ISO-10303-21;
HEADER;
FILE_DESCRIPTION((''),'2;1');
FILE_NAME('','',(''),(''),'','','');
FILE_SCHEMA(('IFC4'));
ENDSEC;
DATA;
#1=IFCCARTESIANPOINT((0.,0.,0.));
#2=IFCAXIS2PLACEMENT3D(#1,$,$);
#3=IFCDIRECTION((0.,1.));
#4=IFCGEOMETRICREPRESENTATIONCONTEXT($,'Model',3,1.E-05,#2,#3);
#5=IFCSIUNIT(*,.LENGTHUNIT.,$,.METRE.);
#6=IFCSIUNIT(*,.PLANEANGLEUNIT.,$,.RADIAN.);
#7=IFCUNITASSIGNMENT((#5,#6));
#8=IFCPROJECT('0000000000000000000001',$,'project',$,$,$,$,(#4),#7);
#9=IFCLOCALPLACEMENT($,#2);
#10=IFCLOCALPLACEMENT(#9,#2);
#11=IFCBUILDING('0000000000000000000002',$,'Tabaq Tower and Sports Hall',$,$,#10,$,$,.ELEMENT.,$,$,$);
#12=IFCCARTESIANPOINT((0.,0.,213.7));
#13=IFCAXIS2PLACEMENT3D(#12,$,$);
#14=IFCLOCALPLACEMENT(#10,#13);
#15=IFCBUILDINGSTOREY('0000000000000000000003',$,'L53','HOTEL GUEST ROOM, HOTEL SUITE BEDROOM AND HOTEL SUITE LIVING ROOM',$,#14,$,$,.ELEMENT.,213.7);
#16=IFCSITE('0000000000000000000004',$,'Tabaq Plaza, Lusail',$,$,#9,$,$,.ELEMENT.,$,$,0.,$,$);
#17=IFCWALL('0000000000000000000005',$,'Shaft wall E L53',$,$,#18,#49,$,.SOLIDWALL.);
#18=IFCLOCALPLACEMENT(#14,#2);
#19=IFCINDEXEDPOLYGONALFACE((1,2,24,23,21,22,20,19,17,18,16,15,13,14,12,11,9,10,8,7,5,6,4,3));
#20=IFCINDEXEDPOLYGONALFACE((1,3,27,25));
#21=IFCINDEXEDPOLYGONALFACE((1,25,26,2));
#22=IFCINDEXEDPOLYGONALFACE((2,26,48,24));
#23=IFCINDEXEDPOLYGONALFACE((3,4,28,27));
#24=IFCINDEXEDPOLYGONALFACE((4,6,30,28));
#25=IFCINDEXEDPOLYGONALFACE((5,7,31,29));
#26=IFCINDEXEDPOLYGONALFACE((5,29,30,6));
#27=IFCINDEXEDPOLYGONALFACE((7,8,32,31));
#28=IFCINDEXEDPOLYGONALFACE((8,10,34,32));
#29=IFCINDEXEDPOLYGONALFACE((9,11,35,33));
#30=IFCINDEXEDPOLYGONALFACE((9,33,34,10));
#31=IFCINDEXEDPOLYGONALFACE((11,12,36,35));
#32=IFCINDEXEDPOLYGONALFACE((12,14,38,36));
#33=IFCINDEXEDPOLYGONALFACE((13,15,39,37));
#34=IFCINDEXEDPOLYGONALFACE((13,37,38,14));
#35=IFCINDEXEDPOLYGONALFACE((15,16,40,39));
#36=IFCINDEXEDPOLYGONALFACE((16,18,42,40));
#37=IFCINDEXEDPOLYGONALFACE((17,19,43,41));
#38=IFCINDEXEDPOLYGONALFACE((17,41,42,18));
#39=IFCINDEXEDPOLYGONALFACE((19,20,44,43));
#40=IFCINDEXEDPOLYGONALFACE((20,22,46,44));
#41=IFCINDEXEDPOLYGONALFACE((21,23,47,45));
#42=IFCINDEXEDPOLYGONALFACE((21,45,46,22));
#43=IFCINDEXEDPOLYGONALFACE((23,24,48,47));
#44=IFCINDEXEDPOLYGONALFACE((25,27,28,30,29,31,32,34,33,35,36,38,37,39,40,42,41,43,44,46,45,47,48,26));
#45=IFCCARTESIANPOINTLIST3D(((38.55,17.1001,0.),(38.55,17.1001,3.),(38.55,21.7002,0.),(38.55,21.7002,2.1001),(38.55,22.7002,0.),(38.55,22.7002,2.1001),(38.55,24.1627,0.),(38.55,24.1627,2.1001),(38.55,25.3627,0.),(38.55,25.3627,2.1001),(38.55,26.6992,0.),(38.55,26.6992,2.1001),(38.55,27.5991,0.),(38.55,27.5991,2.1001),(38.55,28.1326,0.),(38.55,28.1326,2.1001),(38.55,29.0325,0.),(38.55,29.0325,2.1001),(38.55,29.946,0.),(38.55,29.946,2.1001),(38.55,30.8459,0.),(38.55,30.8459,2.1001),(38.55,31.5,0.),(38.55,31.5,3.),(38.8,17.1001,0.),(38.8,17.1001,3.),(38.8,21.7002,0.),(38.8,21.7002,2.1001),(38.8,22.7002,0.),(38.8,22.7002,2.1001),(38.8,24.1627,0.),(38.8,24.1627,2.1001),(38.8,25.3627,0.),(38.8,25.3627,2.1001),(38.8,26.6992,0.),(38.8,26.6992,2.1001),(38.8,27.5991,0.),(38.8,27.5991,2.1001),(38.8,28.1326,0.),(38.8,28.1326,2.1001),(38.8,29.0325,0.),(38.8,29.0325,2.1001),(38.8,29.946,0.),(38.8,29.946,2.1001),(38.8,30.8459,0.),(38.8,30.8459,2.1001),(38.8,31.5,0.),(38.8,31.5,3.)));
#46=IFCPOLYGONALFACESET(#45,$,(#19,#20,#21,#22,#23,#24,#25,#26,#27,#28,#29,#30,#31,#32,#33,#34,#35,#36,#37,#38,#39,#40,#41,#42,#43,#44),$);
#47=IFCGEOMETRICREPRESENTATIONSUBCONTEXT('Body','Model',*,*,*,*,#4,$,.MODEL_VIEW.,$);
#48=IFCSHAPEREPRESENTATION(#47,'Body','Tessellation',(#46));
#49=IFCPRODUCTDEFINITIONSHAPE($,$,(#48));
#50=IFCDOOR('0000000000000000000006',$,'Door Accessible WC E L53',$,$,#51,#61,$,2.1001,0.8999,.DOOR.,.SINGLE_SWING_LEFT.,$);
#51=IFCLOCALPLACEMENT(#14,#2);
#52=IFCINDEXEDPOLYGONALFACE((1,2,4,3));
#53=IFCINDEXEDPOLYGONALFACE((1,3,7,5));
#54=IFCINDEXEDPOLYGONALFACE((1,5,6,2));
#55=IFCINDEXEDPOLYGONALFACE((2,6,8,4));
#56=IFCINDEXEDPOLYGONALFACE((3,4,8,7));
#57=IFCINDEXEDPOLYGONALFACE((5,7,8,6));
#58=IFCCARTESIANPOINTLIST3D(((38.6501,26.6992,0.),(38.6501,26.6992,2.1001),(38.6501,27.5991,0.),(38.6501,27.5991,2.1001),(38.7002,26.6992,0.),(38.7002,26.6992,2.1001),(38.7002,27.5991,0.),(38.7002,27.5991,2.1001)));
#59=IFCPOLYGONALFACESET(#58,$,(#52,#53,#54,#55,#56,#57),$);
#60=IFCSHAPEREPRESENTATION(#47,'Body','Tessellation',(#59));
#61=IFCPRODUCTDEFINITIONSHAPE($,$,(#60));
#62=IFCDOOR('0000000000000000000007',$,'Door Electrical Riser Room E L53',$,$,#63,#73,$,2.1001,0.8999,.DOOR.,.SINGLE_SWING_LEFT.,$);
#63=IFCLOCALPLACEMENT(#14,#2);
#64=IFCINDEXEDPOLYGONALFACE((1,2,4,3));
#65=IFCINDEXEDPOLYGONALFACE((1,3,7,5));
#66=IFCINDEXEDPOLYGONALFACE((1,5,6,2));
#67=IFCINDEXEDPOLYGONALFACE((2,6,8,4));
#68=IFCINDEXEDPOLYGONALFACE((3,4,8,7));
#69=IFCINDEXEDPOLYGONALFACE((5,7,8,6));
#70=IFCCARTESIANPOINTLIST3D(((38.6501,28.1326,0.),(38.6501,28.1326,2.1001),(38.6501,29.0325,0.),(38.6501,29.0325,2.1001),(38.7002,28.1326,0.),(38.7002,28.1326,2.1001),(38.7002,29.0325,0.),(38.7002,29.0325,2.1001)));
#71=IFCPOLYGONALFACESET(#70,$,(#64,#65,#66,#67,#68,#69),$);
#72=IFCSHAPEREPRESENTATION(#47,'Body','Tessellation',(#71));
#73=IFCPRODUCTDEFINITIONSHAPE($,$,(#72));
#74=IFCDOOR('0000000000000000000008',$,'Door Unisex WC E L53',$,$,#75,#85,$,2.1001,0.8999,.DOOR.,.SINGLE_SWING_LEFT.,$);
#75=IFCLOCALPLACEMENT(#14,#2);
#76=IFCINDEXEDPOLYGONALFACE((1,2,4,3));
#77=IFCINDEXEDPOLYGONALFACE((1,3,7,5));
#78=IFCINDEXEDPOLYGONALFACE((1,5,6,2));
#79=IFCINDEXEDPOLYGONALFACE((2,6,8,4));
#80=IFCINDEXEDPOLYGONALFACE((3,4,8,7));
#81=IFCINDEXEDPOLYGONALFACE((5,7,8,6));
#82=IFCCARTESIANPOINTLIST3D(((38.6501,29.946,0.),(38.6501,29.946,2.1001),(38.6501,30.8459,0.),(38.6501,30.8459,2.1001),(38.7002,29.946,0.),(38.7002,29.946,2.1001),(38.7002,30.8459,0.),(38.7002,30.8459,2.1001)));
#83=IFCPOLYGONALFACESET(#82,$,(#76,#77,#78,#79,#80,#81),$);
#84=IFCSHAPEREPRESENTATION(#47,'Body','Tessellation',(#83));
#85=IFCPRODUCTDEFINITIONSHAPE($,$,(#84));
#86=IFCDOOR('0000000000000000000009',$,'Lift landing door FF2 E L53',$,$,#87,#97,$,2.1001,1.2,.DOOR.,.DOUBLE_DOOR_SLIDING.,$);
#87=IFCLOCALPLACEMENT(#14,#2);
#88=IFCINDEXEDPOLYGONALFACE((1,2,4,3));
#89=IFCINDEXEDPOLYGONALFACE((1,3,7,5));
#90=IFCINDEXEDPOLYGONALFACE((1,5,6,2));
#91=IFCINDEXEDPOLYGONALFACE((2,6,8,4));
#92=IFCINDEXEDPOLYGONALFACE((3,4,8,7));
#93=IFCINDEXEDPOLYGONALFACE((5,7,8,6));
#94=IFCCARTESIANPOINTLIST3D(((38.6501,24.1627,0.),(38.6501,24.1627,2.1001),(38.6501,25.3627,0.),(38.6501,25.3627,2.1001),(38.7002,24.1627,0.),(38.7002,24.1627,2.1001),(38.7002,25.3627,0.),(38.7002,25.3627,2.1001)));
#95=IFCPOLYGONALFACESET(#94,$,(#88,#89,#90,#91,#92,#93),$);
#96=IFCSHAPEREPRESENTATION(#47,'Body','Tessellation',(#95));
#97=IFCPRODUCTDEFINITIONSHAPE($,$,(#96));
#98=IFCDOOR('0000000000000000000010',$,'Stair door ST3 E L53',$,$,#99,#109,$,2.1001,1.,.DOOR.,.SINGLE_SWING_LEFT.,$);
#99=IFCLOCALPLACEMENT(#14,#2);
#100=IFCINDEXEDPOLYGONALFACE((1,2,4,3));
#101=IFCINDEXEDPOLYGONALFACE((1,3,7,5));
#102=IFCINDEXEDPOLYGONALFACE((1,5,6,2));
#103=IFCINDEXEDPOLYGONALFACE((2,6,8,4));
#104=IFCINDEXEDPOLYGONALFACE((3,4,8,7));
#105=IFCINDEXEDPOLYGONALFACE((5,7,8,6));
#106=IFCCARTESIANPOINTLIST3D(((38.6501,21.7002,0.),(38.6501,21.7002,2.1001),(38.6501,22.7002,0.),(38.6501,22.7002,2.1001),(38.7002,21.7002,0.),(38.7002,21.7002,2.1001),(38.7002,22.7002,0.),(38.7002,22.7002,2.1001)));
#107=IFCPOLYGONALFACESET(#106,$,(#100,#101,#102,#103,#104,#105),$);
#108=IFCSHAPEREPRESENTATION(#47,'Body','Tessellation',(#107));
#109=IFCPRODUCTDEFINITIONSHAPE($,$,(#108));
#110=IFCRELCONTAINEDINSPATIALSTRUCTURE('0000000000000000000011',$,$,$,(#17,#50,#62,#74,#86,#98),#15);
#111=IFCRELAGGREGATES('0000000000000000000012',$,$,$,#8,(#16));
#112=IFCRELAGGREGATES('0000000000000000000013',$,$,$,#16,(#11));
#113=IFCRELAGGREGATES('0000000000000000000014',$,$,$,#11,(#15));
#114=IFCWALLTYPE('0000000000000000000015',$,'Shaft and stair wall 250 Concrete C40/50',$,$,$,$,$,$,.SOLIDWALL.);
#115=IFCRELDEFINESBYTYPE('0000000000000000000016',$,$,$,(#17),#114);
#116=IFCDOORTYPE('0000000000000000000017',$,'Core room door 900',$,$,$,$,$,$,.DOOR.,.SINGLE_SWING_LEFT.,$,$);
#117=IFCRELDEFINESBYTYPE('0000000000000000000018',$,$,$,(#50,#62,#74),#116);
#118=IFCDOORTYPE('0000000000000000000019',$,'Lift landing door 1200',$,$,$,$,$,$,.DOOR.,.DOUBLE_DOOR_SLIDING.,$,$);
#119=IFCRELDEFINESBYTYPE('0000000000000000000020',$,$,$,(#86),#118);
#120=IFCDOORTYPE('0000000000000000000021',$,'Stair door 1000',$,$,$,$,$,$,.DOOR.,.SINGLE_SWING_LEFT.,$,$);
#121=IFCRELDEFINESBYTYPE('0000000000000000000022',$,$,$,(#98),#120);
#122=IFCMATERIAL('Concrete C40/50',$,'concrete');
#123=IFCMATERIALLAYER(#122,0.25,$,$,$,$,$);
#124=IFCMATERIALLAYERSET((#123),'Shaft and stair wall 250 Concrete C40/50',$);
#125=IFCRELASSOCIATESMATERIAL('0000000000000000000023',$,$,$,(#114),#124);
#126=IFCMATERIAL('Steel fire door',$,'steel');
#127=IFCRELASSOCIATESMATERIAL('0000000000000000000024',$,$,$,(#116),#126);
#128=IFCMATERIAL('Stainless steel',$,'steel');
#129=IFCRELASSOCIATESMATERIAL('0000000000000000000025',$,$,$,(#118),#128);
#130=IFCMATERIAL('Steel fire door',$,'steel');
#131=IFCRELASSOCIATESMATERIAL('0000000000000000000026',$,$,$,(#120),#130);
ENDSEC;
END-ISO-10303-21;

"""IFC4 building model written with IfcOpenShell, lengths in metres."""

from ifc_helpers import new_model, si_unit, direction, frame, frame_2d, origin, place, context, subcontext, project, spatial, rectangle, extrude, material, layer, layer_set, type_object, element, fill, save


model = new_model("IFC4")

# Units and contexts
model_context = context("Model", 3, precision=1e-05, world=origin(), true_north=direction((0.0, 1.0)))
body_context = subcontext(model_context, "Body", "Model", "MODEL_VIEW")
ifc_project = project(units=[si_unit("LENGTHUNIT", "METRE"), si_unit("PLANEANGLEUNIT", "RADIAN")], contexts=[model_context])

# Site, building, storey
site_placement = place(None, origin())
site = spatial("IfcSite", under=ifc_project, at=site_placement, Name="Tabaq Plaza, Lusail", CompositionType="ELEMENT", RefElevation=0.0)
building_placement = place(site_placement, origin())
building = spatial("IfcBuilding", under=site, at=building_placement, Name="Tabaq Tower and Sports Hall", CompositionType="ELEMENT")
storey_placement = place(building_placement, frame((0.0, 0.0, 213.7)))
storey = spatial("IfcBuildingStorey", under=building, at=storey_placement, Name="L53", Description="HOTEL GUEST ROOM, HOTEL SUITE BEDROOM AND HOTEL SUITE LIVING ROOM", CompositionType="ELEMENT", Elevation=213.7)

# Wall, openings, doors
ifc_material_1 = material(Name="Concrete C40/50", Category="concrete")
ifc_layer_1 = layer(ifc_material_1, 0.25)
ifc_layer_set_1 = layer_set([ifc_layer_1], Name="Shaft and stair wall 250 Concrete C40/50")
wall_type_1 = type_object("IfcWallType", Name="Shaft and stair wall 250 Concrete C40/50", PredefinedType="SOLIDWALL", material=ifc_layer_set_1)
wall_1_placement = place(storey_placement, frame((38.675, 17.1001, 0.0), z_axis=(0.0, 0.0, 1.0), x_axis=(0.0, 1.0, 0.0)))
wall_1 = element("IfcWall", 1, at=wall_1_placement, inside=storey, type_object=wall_type_1, Name="Shaft wall E L53", PredefinedType="SOLIDWALL", context=body_context, shape_type="SweptSolid", body=[
    extrude(rectangle(XDim=14.3999, YDim=0.25, at=frame_2d((7.2, 0.0))), origin(), (0.0, 0.0, 1.0), 3.0),
])
opening_1_placement = place(wall_1_placement, frame((4.6001, 0.0, 0.0)))
opening_1 = element("IfcOpeningElement", 2, at=opening_1_placement, cuts=wall_1, PredefinedType="OPENING", context=body_context, shape_type="SweptSolid", body=[
    extrude(rectangle(XDim=1.0, YDim=2.1001, at=frame_2d((0.5, 1.05))), frame((0.0, 0.125, 0.0), z_axis=(0.0, -1.0, 0.0), x_axis=(1.0, 0.0, 0.0)), (0.0, 0.0, 1.0), 0.25),
])
opening_2_placement = place(wall_1_placement, frame((7.0625, 0.0, 0.0)))
opening_2 = element("IfcOpeningElement", 3, at=opening_2_placement, cuts=wall_1, PredefinedType="OPENING", context=body_context, shape_type="SweptSolid", body=[
    extrude(rectangle(XDim=1.2, YDim=2.1001, at=frame_2d((0.6001, 1.05))), frame((0.0, 0.125, 0.0), z_axis=(0.0, -1.0, 0.0), x_axis=(1.0, 0.0, 0.0)), (0.0, 0.0, 1.0), 0.25),
])
opening_3_placement = place(wall_1_placement, frame((9.5991, 0.0, 0.0)))
opening_3 = element("IfcOpeningElement", 4, at=opening_3_placement, cuts=wall_1, PredefinedType="OPENING", context=body_context, shape_type="SweptSolid", body=[
    extrude(rectangle(XDim=0.8999, YDim=2.1001, at=frame_2d((0.45, 1.05))), frame((0.0, 0.125, 0.0), z_axis=(0.0, -1.0, 0.0), x_axis=(1.0, 0.0, 0.0)), (0.0, 0.0, 1.0), 0.25),
])
opening_4_placement = place(wall_1_placement, frame((11.0325, 0.0, 0.0)))
opening_4 = element("IfcOpeningElement", 5, at=opening_4_placement, cuts=wall_1, PredefinedType="OPENING", context=body_context, shape_type="SweptSolid", body=[
    extrude(rectangle(XDim=0.8999, YDim=2.1001, at=frame_2d((0.45, 1.05))), frame((0.0, 0.125, 0.0), z_axis=(0.0, -1.0, 0.0), x_axis=(1.0, 0.0, 0.0)), (0.0, 0.0, 1.0), 0.25),
])
opening_5_placement = place(wall_1_placement, frame((12.8459, 0.0, 0.0)))
opening_5 = element("IfcOpeningElement", 6, at=opening_5_placement, cuts=wall_1, PredefinedType="OPENING", context=body_context, shape_type="SweptSolid", body=[
    extrude(rectangle(XDim=0.8999, YDim=2.1001, at=frame_2d((0.45, 1.05))), frame((0.0, 0.125, 0.0), z_axis=(0.0, -1.0, 0.0), x_axis=(1.0, 0.0, 0.0)), (0.0, 0.0, 1.0), 0.25),
])
ifc_material_2 = material(Name="Steel fire door", Category="steel")
door_type_1 = type_object("IfcDoorType", Name="Core room door 900", OperationType="SINGLE_SWING_LEFT", PredefinedType="DOOR", material=ifc_material_2)
door_1_placement = place(opening_3_placement, origin())
door_1 = element("IfcDoor", 7, at=door_1_placement, inside=storey, type_object=door_type_1, Name="Door Accessible WC E L53", OperationType="SINGLE_SWING_LEFT", OverallHeight=2.1001, OverallWidth=0.8999, PredefinedType="DOOR", context=body_context, shape_type="SweptSolid", body=[
    extrude(rectangle(XDim=0.8999, YDim=2.1001, at=frame_2d((0.45, 1.05))), frame((0.0, 0.0249, 0.0), z_axis=(0.0, -1.0, 0.0), x_axis=(1.0, 0.0, 0.0)), (0.0, 0.0, 1.0), 0.05),
])
fill(opening_3, door_1)
door_2_placement = place(opening_4_placement, origin())
door_2 = element("IfcDoor", 8, at=door_2_placement, inside=storey, type_object=door_type_1, Name="Door Electrical Riser Room E L53", OperationType="SINGLE_SWING_LEFT", OverallHeight=2.1001, OverallWidth=0.8999, PredefinedType="DOOR", context=body_context, shape_type="SweptSolid", body=[
    extrude(rectangle(XDim=0.8999, YDim=2.1001, at=frame_2d((0.45, 1.05))), frame((0.0, 0.0249, 0.0), z_axis=(0.0, -1.0, 0.0), x_axis=(1.0, 0.0, 0.0)), (0.0, 0.0, 1.0), 0.05),
])
fill(opening_4, door_2)
door_3_placement = place(opening_5_placement, origin())
door_3 = element("IfcDoor", 9, at=door_3_placement, inside=storey, type_object=door_type_1, Name="Door Unisex WC E L53", OperationType="SINGLE_SWING_LEFT", OverallHeight=2.1001, OverallWidth=0.8999, PredefinedType="DOOR", context=body_context, shape_type="SweptSolid", body=[
    extrude(rectangle(XDim=0.8999, YDim=2.1001, at=frame_2d((0.45, 1.05))), frame((0.0, 0.0249, 0.0), z_axis=(0.0, -1.0, 0.0), x_axis=(1.0, 0.0, 0.0)), (0.0, 0.0, 1.0), 0.05),
])
fill(opening_5, door_3)
ifc_material_3 = material(Name="Stainless steel", Category="steel")
door_type_2 = type_object("IfcDoorType", Name="Lift landing door 1200", OperationType="DOUBLE_DOOR_SLIDING", PredefinedType="DOOR", material=ifc_material_3)
door_4_placement = place(opening_2_placement, origin())
door_4 = element("IfcDoor", 10, at=door_4_placement, inside=storey, type_object=door_type_2, Name="Lift landing door FF2 E L53", OperationType="DOUBLE_DOOR_SLIDING", OverallHeight=2.1001, OverallWidth=1.2, PredefinedType="DOOR", context=body_context, shape_type="SweptSolid", body=[
    extrude(rectangle(XDim=1.2, YDim=2.1001, at=frame_2d((0.6001, 1.05))), frame((0.0, 0.0249, 0.0), z_axis=(0.0, -1.0, 0.0), x_axis=(1.0, 0.0, 0.0)), (0.0, 0.0, 1.0), 0.05),
])
fill(opening_2, door_4)
ifc_material_4 = material(Name="Steel fire door", Category="steel")
door_type_3 = type_object("IfcDoorType", Name="Stair door 1000", OperationType="SINGLE_SWING_LEFT", PredefinedType="DOOR", material=ifc_material_4)
door_5_placement = place(opening_1_placement, origin())
door_5 = element("IfcDoor", 11, at=door_5_placement, inside=storey, type_object=door_type_3, Name="Stair door ST3 E L53", OperationType="SINGLE_SWING_LEFT", OverallHeight=2.1001, OverallWidth=1.0, PredefinedType="DOOR", context=body_context, shape_type="SweptSolid", body=[
    extrude(rectangle(XDim=1.0, YDim=2.1001, at=frame_2d((0.5, 1.05))), frame((0.0, 0.0249, 0.0), z_axis=(0.0, -1.0, 0.0), x_axis=(1.0, 0.0, 0.0)), (0.0, 0.0, 1.0), 0.05),
])
fill(opening_1, door_5)

save(model, "model.ifc")
